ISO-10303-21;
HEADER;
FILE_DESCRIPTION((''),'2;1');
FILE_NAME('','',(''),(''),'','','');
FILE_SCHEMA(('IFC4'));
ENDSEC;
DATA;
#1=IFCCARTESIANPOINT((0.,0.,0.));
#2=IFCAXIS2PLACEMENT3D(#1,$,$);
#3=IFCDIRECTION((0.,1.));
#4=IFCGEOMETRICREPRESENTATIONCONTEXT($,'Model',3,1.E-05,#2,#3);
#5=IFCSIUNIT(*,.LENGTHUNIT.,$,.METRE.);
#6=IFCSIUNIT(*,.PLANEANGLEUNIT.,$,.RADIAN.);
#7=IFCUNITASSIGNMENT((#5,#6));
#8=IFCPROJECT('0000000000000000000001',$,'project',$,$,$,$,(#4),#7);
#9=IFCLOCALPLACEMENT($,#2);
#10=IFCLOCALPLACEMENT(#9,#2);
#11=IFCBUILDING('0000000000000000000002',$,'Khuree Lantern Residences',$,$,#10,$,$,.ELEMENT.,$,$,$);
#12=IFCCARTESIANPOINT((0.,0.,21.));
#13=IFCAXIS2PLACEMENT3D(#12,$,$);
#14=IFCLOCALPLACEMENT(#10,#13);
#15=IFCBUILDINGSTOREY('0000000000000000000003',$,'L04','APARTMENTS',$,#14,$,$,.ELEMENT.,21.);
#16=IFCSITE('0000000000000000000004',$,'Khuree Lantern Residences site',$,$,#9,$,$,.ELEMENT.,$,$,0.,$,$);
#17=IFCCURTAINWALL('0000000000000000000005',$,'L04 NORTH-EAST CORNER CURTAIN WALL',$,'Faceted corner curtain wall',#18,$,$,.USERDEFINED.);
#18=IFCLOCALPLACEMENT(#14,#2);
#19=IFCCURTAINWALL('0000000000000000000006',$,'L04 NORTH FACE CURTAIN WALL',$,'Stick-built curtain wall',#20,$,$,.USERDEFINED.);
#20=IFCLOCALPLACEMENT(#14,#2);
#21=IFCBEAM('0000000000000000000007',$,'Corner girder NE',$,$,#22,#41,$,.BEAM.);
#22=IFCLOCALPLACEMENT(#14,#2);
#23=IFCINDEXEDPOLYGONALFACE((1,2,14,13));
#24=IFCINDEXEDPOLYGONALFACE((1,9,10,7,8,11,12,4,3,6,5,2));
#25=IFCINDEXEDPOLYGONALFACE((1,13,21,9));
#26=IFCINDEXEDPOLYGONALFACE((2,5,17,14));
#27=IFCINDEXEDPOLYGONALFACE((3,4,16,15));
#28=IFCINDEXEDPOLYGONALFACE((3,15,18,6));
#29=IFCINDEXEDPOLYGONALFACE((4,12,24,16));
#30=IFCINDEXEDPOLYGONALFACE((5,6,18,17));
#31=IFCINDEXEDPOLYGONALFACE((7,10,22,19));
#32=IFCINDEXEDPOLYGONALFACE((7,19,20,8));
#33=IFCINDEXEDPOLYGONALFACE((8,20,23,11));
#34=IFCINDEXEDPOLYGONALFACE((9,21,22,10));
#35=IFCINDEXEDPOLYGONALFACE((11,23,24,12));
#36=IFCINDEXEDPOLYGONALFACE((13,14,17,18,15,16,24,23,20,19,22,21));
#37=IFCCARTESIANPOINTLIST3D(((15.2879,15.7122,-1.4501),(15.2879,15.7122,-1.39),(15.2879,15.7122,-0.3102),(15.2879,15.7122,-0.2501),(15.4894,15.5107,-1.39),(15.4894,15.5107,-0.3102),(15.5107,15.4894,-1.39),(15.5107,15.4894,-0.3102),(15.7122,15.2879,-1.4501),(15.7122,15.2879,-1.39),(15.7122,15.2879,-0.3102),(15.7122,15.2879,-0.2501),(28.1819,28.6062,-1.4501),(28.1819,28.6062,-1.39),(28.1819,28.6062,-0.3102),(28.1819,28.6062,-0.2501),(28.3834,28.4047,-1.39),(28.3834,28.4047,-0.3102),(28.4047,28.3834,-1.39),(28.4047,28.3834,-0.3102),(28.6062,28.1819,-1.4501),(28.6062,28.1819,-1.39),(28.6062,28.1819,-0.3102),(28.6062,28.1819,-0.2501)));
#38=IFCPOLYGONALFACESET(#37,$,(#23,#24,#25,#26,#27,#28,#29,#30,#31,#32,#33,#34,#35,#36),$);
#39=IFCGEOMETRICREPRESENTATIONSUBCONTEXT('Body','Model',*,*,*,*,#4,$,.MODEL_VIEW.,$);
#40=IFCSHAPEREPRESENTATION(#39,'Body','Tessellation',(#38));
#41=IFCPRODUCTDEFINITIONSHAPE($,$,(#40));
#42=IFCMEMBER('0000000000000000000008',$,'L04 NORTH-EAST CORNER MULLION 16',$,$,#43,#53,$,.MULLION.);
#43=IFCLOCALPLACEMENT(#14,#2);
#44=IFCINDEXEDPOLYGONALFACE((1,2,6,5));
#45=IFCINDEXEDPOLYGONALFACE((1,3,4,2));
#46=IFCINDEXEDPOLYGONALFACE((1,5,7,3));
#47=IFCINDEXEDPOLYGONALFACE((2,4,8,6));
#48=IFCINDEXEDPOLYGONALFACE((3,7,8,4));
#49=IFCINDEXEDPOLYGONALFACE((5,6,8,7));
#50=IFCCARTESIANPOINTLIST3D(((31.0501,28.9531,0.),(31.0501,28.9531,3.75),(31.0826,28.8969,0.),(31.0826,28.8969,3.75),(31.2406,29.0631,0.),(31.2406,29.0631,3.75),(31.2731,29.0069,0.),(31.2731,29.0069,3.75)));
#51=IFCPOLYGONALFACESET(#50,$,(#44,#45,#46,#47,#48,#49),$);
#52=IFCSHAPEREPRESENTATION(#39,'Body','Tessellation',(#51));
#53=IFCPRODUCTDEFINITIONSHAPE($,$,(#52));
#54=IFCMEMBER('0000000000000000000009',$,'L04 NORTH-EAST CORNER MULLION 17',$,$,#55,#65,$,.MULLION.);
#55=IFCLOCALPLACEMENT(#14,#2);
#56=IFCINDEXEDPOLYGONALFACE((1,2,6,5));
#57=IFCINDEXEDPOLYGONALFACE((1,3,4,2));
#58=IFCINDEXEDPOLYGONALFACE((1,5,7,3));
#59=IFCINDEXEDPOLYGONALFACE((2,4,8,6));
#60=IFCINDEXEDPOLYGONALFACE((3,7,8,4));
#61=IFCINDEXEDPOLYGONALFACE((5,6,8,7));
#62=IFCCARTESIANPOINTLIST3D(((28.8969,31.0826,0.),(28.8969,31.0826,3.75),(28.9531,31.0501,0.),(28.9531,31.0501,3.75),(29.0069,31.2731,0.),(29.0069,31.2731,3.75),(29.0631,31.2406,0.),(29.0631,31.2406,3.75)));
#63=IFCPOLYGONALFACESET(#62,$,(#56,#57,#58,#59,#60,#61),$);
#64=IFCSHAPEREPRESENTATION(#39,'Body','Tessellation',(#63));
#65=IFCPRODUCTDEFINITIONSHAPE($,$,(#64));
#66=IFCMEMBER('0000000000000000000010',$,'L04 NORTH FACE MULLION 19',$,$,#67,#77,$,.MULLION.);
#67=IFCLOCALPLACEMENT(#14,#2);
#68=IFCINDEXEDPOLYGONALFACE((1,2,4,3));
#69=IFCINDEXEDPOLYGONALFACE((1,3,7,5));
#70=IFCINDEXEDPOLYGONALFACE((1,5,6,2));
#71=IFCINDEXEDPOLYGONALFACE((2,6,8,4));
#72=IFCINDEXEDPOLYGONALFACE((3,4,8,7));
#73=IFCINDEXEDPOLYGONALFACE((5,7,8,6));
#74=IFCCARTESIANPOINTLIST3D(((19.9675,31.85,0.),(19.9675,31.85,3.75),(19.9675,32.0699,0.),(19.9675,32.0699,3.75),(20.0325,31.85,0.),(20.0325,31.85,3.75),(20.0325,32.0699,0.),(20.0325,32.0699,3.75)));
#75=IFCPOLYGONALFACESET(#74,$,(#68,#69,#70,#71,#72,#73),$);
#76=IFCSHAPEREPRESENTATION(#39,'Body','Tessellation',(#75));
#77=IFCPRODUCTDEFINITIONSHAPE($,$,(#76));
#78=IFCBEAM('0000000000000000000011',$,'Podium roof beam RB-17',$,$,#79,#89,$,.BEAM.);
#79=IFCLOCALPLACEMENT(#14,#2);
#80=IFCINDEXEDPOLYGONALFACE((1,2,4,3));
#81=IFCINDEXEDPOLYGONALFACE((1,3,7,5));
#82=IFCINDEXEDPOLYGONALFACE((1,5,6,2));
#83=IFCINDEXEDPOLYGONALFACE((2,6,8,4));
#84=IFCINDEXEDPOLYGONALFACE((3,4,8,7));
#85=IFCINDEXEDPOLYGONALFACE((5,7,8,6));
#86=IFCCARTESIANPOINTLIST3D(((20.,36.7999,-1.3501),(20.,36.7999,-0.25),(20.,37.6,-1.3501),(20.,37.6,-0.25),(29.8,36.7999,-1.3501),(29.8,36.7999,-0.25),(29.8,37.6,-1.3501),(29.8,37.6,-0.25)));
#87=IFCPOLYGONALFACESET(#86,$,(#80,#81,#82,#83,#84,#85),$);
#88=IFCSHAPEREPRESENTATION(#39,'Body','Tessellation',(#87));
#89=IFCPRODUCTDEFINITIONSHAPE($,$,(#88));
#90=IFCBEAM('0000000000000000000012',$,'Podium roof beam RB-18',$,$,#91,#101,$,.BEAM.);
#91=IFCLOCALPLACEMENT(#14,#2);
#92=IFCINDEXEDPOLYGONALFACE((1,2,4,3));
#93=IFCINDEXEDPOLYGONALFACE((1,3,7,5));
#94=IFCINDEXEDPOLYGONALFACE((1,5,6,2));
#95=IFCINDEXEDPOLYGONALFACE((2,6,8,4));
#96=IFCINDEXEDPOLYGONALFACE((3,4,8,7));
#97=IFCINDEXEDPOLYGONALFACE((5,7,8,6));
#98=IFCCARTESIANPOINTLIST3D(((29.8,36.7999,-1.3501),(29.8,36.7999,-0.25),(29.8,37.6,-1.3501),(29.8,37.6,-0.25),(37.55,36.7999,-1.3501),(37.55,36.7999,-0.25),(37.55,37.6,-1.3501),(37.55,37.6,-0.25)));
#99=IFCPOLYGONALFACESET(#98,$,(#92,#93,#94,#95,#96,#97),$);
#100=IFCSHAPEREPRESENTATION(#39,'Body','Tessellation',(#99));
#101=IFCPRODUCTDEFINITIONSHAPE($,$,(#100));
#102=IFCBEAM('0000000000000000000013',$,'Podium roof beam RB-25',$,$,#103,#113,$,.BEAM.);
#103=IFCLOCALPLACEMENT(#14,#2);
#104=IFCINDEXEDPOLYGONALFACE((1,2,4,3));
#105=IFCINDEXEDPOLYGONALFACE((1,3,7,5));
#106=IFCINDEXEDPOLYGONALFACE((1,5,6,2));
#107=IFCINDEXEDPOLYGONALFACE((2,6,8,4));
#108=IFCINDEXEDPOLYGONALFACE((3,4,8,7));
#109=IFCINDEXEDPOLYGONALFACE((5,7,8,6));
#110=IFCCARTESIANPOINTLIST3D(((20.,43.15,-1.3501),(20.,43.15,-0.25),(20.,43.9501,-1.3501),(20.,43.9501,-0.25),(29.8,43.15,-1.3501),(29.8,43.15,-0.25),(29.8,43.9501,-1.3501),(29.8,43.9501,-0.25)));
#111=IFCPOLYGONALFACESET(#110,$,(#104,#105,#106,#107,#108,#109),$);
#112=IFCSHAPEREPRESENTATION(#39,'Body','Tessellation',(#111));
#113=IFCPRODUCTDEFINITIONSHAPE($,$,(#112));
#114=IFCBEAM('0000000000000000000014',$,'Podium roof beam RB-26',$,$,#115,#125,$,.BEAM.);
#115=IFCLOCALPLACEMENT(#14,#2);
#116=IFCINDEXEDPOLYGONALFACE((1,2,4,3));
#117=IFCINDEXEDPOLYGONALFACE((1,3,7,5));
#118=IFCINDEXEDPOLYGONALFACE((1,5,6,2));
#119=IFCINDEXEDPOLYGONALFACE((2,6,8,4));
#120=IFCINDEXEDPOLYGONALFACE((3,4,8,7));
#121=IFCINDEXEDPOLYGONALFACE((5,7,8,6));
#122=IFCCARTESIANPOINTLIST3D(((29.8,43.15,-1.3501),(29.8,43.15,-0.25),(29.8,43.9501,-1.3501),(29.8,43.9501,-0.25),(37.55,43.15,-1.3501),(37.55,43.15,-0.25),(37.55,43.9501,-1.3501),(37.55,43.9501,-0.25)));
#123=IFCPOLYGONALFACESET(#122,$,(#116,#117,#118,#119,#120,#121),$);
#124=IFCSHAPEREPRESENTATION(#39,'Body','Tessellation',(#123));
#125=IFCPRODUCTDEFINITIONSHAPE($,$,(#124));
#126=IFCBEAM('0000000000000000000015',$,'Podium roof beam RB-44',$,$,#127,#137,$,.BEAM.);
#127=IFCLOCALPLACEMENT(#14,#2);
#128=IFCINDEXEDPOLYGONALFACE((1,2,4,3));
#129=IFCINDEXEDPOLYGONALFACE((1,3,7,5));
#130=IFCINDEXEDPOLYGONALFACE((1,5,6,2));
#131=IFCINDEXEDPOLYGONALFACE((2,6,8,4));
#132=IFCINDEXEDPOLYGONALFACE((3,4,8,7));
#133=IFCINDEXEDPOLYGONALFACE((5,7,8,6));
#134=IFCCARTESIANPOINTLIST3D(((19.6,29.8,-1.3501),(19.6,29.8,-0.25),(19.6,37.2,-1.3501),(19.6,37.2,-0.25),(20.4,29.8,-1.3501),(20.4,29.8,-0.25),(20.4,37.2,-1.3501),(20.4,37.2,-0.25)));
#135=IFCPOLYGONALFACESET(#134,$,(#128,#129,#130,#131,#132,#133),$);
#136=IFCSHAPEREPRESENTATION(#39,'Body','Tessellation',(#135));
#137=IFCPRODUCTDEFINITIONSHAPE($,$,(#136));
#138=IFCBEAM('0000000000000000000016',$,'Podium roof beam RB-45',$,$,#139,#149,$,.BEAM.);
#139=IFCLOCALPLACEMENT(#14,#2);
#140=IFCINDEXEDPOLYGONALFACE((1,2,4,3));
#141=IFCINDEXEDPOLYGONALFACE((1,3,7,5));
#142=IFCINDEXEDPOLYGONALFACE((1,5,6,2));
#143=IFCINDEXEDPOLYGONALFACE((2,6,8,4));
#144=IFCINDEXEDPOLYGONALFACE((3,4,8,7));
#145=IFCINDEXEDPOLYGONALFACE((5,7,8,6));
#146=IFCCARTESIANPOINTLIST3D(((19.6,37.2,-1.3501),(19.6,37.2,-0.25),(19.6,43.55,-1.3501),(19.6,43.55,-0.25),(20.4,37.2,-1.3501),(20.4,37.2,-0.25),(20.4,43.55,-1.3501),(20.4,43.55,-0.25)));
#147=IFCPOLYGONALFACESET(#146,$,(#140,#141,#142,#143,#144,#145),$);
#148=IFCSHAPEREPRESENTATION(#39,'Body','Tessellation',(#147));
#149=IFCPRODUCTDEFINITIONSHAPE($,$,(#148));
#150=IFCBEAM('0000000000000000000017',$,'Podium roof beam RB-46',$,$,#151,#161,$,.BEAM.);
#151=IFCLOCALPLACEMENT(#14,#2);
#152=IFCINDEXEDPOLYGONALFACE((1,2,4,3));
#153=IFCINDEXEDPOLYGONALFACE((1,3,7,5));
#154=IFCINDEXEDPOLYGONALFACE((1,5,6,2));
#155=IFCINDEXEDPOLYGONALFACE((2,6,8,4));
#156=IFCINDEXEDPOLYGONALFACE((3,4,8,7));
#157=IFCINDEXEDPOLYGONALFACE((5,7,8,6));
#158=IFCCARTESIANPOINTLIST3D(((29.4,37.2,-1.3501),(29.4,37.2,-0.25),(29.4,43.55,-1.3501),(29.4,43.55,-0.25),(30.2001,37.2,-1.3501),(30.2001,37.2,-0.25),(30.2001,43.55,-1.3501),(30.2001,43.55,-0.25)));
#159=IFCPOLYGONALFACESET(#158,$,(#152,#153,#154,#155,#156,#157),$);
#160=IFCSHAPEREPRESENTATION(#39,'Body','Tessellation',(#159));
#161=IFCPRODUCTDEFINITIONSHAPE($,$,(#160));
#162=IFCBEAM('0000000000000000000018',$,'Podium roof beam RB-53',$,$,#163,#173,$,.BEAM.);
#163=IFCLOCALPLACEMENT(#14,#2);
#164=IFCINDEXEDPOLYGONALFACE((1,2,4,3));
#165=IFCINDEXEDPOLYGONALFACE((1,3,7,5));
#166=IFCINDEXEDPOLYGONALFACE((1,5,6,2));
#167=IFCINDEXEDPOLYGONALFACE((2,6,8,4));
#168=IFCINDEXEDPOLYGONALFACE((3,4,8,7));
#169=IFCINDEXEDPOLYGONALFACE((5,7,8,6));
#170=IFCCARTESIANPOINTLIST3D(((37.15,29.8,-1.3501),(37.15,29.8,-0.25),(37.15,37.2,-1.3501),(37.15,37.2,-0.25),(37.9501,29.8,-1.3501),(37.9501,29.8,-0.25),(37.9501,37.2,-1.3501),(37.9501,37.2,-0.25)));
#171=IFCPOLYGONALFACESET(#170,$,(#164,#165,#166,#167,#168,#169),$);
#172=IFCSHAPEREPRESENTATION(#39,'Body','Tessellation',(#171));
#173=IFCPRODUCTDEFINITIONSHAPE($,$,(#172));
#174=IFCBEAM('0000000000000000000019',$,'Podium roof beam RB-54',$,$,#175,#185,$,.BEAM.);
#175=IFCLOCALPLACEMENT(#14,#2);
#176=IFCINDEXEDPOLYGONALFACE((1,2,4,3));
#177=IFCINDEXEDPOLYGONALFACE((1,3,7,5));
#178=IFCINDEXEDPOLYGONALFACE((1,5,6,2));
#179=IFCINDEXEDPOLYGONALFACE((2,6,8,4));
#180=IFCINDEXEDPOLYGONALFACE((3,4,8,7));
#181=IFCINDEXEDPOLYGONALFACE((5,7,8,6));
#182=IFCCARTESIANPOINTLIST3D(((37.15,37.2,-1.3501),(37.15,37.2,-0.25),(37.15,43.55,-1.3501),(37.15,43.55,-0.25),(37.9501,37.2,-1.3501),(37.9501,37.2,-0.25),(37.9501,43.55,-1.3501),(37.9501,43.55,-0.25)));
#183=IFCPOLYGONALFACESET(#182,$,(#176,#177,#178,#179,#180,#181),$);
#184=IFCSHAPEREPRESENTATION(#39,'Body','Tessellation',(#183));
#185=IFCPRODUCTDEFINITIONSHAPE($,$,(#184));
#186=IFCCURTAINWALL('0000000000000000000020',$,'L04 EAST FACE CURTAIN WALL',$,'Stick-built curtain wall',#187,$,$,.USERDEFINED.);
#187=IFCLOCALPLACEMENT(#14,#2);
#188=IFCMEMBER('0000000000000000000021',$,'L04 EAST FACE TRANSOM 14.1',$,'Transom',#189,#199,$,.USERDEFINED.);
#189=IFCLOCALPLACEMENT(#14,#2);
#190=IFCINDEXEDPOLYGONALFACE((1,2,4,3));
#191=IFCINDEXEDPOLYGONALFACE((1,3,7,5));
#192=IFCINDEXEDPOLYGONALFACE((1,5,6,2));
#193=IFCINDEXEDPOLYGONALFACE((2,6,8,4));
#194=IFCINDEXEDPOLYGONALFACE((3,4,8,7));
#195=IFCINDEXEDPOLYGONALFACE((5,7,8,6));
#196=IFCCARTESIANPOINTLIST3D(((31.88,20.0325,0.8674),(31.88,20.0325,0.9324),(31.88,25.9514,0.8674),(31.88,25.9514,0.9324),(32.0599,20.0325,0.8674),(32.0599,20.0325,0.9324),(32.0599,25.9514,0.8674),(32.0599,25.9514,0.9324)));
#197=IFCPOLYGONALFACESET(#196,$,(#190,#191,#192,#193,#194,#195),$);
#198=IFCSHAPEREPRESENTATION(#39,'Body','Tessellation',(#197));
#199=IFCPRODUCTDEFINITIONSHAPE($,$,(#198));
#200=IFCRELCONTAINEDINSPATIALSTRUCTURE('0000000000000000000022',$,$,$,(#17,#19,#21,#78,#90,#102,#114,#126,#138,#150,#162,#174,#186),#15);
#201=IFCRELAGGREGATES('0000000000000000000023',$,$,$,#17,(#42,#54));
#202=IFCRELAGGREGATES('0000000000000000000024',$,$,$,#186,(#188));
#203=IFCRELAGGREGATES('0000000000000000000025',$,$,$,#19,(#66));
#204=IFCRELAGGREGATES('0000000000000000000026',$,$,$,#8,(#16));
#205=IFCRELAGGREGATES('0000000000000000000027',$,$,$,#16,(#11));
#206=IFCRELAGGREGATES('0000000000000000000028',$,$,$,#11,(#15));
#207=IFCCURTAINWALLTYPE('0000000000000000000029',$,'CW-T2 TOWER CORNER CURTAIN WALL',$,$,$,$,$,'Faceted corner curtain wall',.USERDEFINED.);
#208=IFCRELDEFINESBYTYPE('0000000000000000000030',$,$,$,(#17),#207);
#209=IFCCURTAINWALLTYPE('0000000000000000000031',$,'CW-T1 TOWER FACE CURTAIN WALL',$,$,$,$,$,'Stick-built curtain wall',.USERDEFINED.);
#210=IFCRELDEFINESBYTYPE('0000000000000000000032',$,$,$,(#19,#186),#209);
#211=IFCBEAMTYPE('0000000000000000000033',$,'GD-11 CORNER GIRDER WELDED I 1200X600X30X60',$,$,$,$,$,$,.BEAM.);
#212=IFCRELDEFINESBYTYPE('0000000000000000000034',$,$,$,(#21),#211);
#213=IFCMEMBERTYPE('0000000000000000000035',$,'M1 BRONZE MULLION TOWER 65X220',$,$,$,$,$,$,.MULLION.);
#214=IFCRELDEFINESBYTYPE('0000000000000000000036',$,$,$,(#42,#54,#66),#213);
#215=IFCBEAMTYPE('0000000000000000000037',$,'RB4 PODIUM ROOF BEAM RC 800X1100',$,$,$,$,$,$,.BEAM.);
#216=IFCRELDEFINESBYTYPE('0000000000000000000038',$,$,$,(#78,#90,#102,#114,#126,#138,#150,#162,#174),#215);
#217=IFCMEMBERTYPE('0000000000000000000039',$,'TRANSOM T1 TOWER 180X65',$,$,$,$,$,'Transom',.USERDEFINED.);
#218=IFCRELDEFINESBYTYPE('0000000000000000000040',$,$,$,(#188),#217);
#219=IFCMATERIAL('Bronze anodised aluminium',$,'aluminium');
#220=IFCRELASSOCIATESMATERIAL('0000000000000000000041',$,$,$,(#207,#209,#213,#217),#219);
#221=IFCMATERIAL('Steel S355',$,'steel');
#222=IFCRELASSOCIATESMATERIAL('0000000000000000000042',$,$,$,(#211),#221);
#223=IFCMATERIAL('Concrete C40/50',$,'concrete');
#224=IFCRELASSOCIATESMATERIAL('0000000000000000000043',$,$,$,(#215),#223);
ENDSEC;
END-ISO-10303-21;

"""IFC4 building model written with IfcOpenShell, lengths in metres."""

from ifc_helpers import new_model, si_unit, direction, frame, origin, origin_2d, place, context, subcontext, project, spatial, rectangle, i_section, extrude, material, material_profile, profile_set, type_object, element, aggregate, save


model = new_model("IFC4")

# Units and contexts
model_context = context("Model", 3, precision=1e-05, world=origin(), true_north=direction((0.0, 1.0)))
body_context = subcontext(model_context, "Body", "Model", "MODEL_VIEW")
ifc_project = project(units=[si_unit("LENGTHUNIT", "METRE"), si_unit("PLANEANGLEUNIT", "RADIAN")], contexts=[model_context])

# Site, building, storey
site_placement = place(None, origin())
site = spatial("IfcSite", under=ifc_project, at=site_placement, Name="Khuree Lantern Residences site", CompositionType="ELEMENT", RefElevation=0.0)
building_placement = place(site_placement, origin())
building = spatial("IfcBuilding", under=site, at=building_placement, Name="Khuree Lantern Residences", CompositionType="ELEMENT")
storey_placement = place(building_placement, frame((0.0, 0.0, 21.0)))
storey = spatial("IfcBuildingStorey", under=building, at=storey_placement, Name="L04", Description="APARTMENTS", CompositionType="ELEMENT", Elevation=21.0)

# Shared definitions
ifc_material_1 = material(Name="Steel S355", Category="steel")

# Curtain walls
ifc_material_2 = material(Name="Bronze anodised aluminium", Category="aluminium")
curtain_wall_type_1 = type_object("IfcCurtainWallType", Name="CW-T2 TOWER CORNER CURTAIN WALL", ElementType="Faceted corner curtain wall", PredefinedType="USERDEFINED", material=ifc_material_2)
curtain_wall_1_placement = place(storey_placement, origin())
curtain_wall_1 = element("IfcCurtainWall", 1, at=curtain_wall_1_placement, inside=storey, type_object=curtain_wall_type_1, Name="L04 NORTH-EAST CORNER CURTAIN WALL", ObjectType="Faceted corner curtain wall", PredefinedType="USERDEFINED")
curtain_wall_type_2 = type_object("IfcCurtainWallType", Name="CW-T1 TOWER FACE CURTAIN WALL", ElementType="Stick-built curtain wall", PredefinedType="USERDEFINED", material=ifc_material_2)
curtain_wall_2_placement = place(storey_placement, origin())
curtain_wall_2 = element("IfcCurtainWall", 2, at=curtain_wall_2_placement, inside=storey, type_object=curtain_wall_type_2, Name="L04 NORTH FACE CURTAIN WALL", ObjectType="Stick-built curtain wall", PredefinedType="USERDEFINED")

# Beam
ifc_material_profile_1 = material_profile(ifc_material_1, i_section(OverallWidth=0.6001, OverallDepth=1.2, WebThickness=0.03, FlangeThickness=0.0601, at=origin_2d()), Name="WELDED I 1200X600X30X60")
ifc_profile_set_1 = profile_set([ifc_material_profile_1], Name="Steel S355")
beam_type_1 = type_object("IfcBeamType", Name="GD-11 CORNER GIRDER WELDED I 1200X600X30X60", PredefinedType="BEAM", material=ifc_profile_set_1)
beam_1_placement = place(storey_placement, frame((28.394, 28.394, -0.8501), z_axis=(-0.707107, -0.707107, 0.0), x_axis=(0.707107, -0.707107, 0.0)))
element("IfcBeam", 3, at=beam_1_placement, inside=storey, type_object=beam_type_1, Name="Corner girder NE", PredefinedType="BEAM", context=body_context, shape_type="SweptSolid", body=[
    extrude(i_section(OverallWidth=0.6001, OverallDepth=1.2, WebThickness=0.03, FlangeThickness=0.0601, at=origin_2d()), origin(), (0.0, 0.0, 1.0), 18.2349),
])

# Members
ifc_material_profile_2 = material_profile(ifc_material_2, rectangle(XDim=0.0649, YDim=0.22, at=origin_2d()), Name="M1 65X220")
ifc_profile_set_2 = profile_set([ifc_material_profile_2], Name="Bronze anodised aluminium")
member_type_1 = type_object("IfcMemberType", Name="M1 BRONZE MULLION TOWER 65X220", PredefinedType="MULLION", material=ifc_profile_set_2)
member_1_placement = place(storey_placement, frame((31.1616, 28.98, 0.0), z_axis=(0.0, 0.0, 1.0), x_axis=(-0.5, 0.866025, 0.0)))
member_1 = element("IfcMember", 4, at=member_1_placement, type_object=member_type_1, Name="L04 NORTH-EAST CORNER MULLION 16", PredefinedType="MULLION", context=body_context, shape_type="SweptSolid", body=[
    extrude(rectangle(XDim=0.0649, YDim=0.22, at=origin_2d()), origin(), (0.0, 0.0, 1.0), 3.75),
])
member_2_placement = place(storey_placement, frame((28.98, 31.1616, 0.0), z_axis=(0.0, 0.0, 1.0), x_axis=(-0.866025, 0.5, 0.0)))
member_2 = element("IfcMember", 5, at=member_2_placement, type_object=member_type_1, Name="L04 NORTH-EAST CORNER MULLION 17", PredefinedType="MULLION", context=body_context, shape_type="SweptSolid", body=[
    extrude(rectangle(XDim=0.0649, YDim=0.22, at=origin_2d()), origin(), (0.0, 0.0, 1.0), 3.75),
])
member_3_placement = place(storey_placement, frame((20.0, 31.96, 0.0), z_axis=(0.0, 0.0, 1.0), x_axis=(-1.0, 0.0, 0.0)))
member_3 = element("IfcMember", 6, at=member_3_placement, type_object=member_type_1, Name="L04 NORTH FACE MULLION 19", PredefinedType="MULLION", context=body_context, shape_type="SweptSolid", body=[
    extrude(rectangle(XDim=0.0649, YDim=0.22, at=origin_2d()), origin(), (0.0, 0.0, 1.0), 3.75),
])

# Beams
ifc_material_3 = material(Name="Concrete C40/50", Category="concrete")
ifc_material_profile_3 = material_profile(ifc_material_3, rectangle(XDim=0.8, YDim=1.1001, at=origin_2d()), Name="RC 800X1100")
ifc_profile_set_3 = profile_set([ifc_material_profile_3], Name="Concrete C40/50")
beam_type_2 = type_object("IfcBeamType", Name="RB4 PODIUM ROOF BEAM RC 800X1100", PredefinedType="BEAM", material=ifc_profile_set_3)
beam_2_placement = place(storey_placement, frame((20.0, 37.2, -0.8), z_axis=(1.0, 0.0, 0.0), x_axis=(0.0, 1.0, 0.0)))
element("IfcBeam", 7, at=beam_2_placement, inside=storey, type_object=beam_type_2, Name="Podium roof beam RB-17", PredefinedType="BEAM", context=body_context, shape_type="SweptSolid", body=[
    extrude(rectangle(XDim=0.8, YDim=1.1001, at=origin_2d()), origin(), (0.0, 0.0, 1.0), 9.8),
])
beam_3_placement = place(storey_placement, frame((29.8, 37.2, -0.8), z_axis=(1.0, 0.0, 0.0), x_axis=(0.0, 1.0, 0.0)))
element("IfcBeam", 8, at=beam_3_placement, inside=storey, type_object=beam_type_2, Name="Podium roof beam RB-18", PredefinedType="BEAM", context=body_context, shape_type="SweptSolid", body=[
    extrude(rectangle(XDim=0.8, YDim=1.1001, at=origin_2d()), origin(), (0.0, 0.0, 1.0), 7.75),
])
beam_4_placement = place(storey_placement, frame((20.0, 43.55, -0.8), z_axis=(1.0, 0.0, 0.0), x_axis=(0.0, 1.0, 0.0)))
element("IfcBeam", 9, at=beam_4_placement, inside=storey, type_object=beam_type_2, Name="Podium roof beam RB-25", PredefinedType="BEAM", context=body_context, shape_type="SweptSolid", body=[
    extrude(rectangle(XDim=0.8, YDim=1.1001, at=origin_2d()), origin(), (0.0, 0.0, 1.0), 9.8),
])
beam_5_placement = place(storey_placement, frame((29.8, 43.55, -0.8), z_axis=(1.0, 0.0, 0.0), x_axis=(0.0, 1.0, 0.0)))
element("IfcBeam", 10, at=beam_5_placement, inside=storey, type_object=beam_type_2, Name="Podium roof beam RB-26", PredefinedType="BEAM", context=body_context, shape_type="SweptSolid", body=[
    extrude(rectangle(XDim=0.8, YDim=1.1001, at=origin_2d()), origin(), (0.0, 0.0, 1.0), 7.75),
])
beam_6_placement = place(storey_placement, frame((20.0, 29.8, -0.8), z_axis=(0.0, 1.0, 0.0), x_axis=(-1.0, 0.0, 0.0)))
element("IfcBeam", 11, at=beam_6_placement, inside=storey, type_object=beam_type_2, Name="Podium roof beam RB-44", PredefinedType="BEAM", context=body_context, shape_type="SweptSolid", body=[
    extrude(rectangle(XDim=0.8, YDim=1.1001, at=origin_2d()), origin(), (0.0, 0.0, 1.0), 7.3999),
])
for number, where, z_axis, x_axis, name in (
    (12, (20.0, 37.2, -0.8), (0.0, 1.0, 0.0), (-1.0, 0.0, 0.0), "Podium roof beam RB-45"),
    (13, (29.8, 37.2, -0.8), (0.0, 1.0, 0.0), (-1.0, 0.0, 0.0), "Podium roof beam RB-46"),
):
    element("IfcBeam", number, at=place(storey_placement, frame(where, z_axis=z_axis, x_axis=x_axis)), inside=storey, type_object=beam_type_2, Name=name, PredefinedType="BEAM", context=body_context, shape_type="SweptSolid", body=[
        extrude(rectangle(XDim=0.8, YDim=1.1001, at=origin_2d()), origin(), (0.0, 0.0, 1.0), 6.3501),
    ])
beam_7_placement = place(storey_placement, frame((37.55, 29.8, -0.8), z_axis=(0.0, 1.0, 0.0), x_axis=(-1.0, 0.0, 0.0)))
element("IfcBeam", 14, at=beam_7_placement, inside=storey, type_object=beam_type_2, Name="Podium roof beam RB-53", PredefinedType="BEAM", context=body_context, shape_type="SweptSolid", body=[
    extrude(rectangle(XDim=0.8, YDim=1.1001, at=origin_2d()), origin(), (0.0, 0.0, 1.0), 7.3999),
])
beam_8_placement = place(storey_placement, frame((37.55, 37.2, -0.8), z_axis=(0.0, 1.0, 0.0), x_axis=(-1.0, 0.0, 0.0)))
element("IfcBeam", 15, at=beam_8_placement, inside=storey, type_object=beam_type_2, Name="Podium roof beam RB-54", PredefinedType="BEAM", context=body_context, shape_type="SweptSolid", body=[
    extrude(rectangle(XDim=0.8, YDim=1.1001, at=origin_2d()), origin(), (0.0, 0.0, 1.0), 6.3501),
])

# Curtain wall, member
curtain_wall_3_placement = place(storey_placement, origin())
curtain_wall_3 = element("IfcCurtainWall", 16, at=curtain_wall_3_placement, inside=storey, type_object=curtain_wall_type_2, Name="L04 EAST FACE CURTAIN WALL", ObjectType="Stick-built curtain wall", PredefinedType="USERDEFINED")
ifc_material_profile_4 = material_profile(ifc_material_2, rectangle(XDim=0.1799, YDim=0.0649, at=origin_2d()), Name="T1 180X65")
ifc_profile_set_4 = profile_set([ifc_material_profile_4], Name="Bronze anodised aluminium")
member_type_2 = type_object("IfcMemberType", Name="TRANSOM T1 TOWER 180X65", ElementType="Transom", PredefinedType="USERDEFINED", material=ifc_profile_set_4)
member_4_placement = place(storey_placement, frame((31.97, 20.0325, 0.8999), z_axis=(0.0, 1.0, 0.0), x_axis=(-1.0, 0.0, 0.0)))
member_4 = element("IfcMember", 17, at=member_4_placement, type_object=member_type_2, Name="L04 EAST FACE TRANSOM 14.1", ObjectType="Transom", PredefinedType="USERDEFINED", context=body_context, shape_type="SweptSolid", body=[
    extrude(rectangle(XDim=0.1799, YDim=0.0649, at=origin_2d()), origin(), (0.0, 0.0, 1.0), 5.9189),
])

aggregate(curtain_wall_1, [member_1, member_2])
aggregate(curtain_wall_3, [member_4])
aggregate(curtain_wall_2, [member_3])

save(model, "model.ifc")
